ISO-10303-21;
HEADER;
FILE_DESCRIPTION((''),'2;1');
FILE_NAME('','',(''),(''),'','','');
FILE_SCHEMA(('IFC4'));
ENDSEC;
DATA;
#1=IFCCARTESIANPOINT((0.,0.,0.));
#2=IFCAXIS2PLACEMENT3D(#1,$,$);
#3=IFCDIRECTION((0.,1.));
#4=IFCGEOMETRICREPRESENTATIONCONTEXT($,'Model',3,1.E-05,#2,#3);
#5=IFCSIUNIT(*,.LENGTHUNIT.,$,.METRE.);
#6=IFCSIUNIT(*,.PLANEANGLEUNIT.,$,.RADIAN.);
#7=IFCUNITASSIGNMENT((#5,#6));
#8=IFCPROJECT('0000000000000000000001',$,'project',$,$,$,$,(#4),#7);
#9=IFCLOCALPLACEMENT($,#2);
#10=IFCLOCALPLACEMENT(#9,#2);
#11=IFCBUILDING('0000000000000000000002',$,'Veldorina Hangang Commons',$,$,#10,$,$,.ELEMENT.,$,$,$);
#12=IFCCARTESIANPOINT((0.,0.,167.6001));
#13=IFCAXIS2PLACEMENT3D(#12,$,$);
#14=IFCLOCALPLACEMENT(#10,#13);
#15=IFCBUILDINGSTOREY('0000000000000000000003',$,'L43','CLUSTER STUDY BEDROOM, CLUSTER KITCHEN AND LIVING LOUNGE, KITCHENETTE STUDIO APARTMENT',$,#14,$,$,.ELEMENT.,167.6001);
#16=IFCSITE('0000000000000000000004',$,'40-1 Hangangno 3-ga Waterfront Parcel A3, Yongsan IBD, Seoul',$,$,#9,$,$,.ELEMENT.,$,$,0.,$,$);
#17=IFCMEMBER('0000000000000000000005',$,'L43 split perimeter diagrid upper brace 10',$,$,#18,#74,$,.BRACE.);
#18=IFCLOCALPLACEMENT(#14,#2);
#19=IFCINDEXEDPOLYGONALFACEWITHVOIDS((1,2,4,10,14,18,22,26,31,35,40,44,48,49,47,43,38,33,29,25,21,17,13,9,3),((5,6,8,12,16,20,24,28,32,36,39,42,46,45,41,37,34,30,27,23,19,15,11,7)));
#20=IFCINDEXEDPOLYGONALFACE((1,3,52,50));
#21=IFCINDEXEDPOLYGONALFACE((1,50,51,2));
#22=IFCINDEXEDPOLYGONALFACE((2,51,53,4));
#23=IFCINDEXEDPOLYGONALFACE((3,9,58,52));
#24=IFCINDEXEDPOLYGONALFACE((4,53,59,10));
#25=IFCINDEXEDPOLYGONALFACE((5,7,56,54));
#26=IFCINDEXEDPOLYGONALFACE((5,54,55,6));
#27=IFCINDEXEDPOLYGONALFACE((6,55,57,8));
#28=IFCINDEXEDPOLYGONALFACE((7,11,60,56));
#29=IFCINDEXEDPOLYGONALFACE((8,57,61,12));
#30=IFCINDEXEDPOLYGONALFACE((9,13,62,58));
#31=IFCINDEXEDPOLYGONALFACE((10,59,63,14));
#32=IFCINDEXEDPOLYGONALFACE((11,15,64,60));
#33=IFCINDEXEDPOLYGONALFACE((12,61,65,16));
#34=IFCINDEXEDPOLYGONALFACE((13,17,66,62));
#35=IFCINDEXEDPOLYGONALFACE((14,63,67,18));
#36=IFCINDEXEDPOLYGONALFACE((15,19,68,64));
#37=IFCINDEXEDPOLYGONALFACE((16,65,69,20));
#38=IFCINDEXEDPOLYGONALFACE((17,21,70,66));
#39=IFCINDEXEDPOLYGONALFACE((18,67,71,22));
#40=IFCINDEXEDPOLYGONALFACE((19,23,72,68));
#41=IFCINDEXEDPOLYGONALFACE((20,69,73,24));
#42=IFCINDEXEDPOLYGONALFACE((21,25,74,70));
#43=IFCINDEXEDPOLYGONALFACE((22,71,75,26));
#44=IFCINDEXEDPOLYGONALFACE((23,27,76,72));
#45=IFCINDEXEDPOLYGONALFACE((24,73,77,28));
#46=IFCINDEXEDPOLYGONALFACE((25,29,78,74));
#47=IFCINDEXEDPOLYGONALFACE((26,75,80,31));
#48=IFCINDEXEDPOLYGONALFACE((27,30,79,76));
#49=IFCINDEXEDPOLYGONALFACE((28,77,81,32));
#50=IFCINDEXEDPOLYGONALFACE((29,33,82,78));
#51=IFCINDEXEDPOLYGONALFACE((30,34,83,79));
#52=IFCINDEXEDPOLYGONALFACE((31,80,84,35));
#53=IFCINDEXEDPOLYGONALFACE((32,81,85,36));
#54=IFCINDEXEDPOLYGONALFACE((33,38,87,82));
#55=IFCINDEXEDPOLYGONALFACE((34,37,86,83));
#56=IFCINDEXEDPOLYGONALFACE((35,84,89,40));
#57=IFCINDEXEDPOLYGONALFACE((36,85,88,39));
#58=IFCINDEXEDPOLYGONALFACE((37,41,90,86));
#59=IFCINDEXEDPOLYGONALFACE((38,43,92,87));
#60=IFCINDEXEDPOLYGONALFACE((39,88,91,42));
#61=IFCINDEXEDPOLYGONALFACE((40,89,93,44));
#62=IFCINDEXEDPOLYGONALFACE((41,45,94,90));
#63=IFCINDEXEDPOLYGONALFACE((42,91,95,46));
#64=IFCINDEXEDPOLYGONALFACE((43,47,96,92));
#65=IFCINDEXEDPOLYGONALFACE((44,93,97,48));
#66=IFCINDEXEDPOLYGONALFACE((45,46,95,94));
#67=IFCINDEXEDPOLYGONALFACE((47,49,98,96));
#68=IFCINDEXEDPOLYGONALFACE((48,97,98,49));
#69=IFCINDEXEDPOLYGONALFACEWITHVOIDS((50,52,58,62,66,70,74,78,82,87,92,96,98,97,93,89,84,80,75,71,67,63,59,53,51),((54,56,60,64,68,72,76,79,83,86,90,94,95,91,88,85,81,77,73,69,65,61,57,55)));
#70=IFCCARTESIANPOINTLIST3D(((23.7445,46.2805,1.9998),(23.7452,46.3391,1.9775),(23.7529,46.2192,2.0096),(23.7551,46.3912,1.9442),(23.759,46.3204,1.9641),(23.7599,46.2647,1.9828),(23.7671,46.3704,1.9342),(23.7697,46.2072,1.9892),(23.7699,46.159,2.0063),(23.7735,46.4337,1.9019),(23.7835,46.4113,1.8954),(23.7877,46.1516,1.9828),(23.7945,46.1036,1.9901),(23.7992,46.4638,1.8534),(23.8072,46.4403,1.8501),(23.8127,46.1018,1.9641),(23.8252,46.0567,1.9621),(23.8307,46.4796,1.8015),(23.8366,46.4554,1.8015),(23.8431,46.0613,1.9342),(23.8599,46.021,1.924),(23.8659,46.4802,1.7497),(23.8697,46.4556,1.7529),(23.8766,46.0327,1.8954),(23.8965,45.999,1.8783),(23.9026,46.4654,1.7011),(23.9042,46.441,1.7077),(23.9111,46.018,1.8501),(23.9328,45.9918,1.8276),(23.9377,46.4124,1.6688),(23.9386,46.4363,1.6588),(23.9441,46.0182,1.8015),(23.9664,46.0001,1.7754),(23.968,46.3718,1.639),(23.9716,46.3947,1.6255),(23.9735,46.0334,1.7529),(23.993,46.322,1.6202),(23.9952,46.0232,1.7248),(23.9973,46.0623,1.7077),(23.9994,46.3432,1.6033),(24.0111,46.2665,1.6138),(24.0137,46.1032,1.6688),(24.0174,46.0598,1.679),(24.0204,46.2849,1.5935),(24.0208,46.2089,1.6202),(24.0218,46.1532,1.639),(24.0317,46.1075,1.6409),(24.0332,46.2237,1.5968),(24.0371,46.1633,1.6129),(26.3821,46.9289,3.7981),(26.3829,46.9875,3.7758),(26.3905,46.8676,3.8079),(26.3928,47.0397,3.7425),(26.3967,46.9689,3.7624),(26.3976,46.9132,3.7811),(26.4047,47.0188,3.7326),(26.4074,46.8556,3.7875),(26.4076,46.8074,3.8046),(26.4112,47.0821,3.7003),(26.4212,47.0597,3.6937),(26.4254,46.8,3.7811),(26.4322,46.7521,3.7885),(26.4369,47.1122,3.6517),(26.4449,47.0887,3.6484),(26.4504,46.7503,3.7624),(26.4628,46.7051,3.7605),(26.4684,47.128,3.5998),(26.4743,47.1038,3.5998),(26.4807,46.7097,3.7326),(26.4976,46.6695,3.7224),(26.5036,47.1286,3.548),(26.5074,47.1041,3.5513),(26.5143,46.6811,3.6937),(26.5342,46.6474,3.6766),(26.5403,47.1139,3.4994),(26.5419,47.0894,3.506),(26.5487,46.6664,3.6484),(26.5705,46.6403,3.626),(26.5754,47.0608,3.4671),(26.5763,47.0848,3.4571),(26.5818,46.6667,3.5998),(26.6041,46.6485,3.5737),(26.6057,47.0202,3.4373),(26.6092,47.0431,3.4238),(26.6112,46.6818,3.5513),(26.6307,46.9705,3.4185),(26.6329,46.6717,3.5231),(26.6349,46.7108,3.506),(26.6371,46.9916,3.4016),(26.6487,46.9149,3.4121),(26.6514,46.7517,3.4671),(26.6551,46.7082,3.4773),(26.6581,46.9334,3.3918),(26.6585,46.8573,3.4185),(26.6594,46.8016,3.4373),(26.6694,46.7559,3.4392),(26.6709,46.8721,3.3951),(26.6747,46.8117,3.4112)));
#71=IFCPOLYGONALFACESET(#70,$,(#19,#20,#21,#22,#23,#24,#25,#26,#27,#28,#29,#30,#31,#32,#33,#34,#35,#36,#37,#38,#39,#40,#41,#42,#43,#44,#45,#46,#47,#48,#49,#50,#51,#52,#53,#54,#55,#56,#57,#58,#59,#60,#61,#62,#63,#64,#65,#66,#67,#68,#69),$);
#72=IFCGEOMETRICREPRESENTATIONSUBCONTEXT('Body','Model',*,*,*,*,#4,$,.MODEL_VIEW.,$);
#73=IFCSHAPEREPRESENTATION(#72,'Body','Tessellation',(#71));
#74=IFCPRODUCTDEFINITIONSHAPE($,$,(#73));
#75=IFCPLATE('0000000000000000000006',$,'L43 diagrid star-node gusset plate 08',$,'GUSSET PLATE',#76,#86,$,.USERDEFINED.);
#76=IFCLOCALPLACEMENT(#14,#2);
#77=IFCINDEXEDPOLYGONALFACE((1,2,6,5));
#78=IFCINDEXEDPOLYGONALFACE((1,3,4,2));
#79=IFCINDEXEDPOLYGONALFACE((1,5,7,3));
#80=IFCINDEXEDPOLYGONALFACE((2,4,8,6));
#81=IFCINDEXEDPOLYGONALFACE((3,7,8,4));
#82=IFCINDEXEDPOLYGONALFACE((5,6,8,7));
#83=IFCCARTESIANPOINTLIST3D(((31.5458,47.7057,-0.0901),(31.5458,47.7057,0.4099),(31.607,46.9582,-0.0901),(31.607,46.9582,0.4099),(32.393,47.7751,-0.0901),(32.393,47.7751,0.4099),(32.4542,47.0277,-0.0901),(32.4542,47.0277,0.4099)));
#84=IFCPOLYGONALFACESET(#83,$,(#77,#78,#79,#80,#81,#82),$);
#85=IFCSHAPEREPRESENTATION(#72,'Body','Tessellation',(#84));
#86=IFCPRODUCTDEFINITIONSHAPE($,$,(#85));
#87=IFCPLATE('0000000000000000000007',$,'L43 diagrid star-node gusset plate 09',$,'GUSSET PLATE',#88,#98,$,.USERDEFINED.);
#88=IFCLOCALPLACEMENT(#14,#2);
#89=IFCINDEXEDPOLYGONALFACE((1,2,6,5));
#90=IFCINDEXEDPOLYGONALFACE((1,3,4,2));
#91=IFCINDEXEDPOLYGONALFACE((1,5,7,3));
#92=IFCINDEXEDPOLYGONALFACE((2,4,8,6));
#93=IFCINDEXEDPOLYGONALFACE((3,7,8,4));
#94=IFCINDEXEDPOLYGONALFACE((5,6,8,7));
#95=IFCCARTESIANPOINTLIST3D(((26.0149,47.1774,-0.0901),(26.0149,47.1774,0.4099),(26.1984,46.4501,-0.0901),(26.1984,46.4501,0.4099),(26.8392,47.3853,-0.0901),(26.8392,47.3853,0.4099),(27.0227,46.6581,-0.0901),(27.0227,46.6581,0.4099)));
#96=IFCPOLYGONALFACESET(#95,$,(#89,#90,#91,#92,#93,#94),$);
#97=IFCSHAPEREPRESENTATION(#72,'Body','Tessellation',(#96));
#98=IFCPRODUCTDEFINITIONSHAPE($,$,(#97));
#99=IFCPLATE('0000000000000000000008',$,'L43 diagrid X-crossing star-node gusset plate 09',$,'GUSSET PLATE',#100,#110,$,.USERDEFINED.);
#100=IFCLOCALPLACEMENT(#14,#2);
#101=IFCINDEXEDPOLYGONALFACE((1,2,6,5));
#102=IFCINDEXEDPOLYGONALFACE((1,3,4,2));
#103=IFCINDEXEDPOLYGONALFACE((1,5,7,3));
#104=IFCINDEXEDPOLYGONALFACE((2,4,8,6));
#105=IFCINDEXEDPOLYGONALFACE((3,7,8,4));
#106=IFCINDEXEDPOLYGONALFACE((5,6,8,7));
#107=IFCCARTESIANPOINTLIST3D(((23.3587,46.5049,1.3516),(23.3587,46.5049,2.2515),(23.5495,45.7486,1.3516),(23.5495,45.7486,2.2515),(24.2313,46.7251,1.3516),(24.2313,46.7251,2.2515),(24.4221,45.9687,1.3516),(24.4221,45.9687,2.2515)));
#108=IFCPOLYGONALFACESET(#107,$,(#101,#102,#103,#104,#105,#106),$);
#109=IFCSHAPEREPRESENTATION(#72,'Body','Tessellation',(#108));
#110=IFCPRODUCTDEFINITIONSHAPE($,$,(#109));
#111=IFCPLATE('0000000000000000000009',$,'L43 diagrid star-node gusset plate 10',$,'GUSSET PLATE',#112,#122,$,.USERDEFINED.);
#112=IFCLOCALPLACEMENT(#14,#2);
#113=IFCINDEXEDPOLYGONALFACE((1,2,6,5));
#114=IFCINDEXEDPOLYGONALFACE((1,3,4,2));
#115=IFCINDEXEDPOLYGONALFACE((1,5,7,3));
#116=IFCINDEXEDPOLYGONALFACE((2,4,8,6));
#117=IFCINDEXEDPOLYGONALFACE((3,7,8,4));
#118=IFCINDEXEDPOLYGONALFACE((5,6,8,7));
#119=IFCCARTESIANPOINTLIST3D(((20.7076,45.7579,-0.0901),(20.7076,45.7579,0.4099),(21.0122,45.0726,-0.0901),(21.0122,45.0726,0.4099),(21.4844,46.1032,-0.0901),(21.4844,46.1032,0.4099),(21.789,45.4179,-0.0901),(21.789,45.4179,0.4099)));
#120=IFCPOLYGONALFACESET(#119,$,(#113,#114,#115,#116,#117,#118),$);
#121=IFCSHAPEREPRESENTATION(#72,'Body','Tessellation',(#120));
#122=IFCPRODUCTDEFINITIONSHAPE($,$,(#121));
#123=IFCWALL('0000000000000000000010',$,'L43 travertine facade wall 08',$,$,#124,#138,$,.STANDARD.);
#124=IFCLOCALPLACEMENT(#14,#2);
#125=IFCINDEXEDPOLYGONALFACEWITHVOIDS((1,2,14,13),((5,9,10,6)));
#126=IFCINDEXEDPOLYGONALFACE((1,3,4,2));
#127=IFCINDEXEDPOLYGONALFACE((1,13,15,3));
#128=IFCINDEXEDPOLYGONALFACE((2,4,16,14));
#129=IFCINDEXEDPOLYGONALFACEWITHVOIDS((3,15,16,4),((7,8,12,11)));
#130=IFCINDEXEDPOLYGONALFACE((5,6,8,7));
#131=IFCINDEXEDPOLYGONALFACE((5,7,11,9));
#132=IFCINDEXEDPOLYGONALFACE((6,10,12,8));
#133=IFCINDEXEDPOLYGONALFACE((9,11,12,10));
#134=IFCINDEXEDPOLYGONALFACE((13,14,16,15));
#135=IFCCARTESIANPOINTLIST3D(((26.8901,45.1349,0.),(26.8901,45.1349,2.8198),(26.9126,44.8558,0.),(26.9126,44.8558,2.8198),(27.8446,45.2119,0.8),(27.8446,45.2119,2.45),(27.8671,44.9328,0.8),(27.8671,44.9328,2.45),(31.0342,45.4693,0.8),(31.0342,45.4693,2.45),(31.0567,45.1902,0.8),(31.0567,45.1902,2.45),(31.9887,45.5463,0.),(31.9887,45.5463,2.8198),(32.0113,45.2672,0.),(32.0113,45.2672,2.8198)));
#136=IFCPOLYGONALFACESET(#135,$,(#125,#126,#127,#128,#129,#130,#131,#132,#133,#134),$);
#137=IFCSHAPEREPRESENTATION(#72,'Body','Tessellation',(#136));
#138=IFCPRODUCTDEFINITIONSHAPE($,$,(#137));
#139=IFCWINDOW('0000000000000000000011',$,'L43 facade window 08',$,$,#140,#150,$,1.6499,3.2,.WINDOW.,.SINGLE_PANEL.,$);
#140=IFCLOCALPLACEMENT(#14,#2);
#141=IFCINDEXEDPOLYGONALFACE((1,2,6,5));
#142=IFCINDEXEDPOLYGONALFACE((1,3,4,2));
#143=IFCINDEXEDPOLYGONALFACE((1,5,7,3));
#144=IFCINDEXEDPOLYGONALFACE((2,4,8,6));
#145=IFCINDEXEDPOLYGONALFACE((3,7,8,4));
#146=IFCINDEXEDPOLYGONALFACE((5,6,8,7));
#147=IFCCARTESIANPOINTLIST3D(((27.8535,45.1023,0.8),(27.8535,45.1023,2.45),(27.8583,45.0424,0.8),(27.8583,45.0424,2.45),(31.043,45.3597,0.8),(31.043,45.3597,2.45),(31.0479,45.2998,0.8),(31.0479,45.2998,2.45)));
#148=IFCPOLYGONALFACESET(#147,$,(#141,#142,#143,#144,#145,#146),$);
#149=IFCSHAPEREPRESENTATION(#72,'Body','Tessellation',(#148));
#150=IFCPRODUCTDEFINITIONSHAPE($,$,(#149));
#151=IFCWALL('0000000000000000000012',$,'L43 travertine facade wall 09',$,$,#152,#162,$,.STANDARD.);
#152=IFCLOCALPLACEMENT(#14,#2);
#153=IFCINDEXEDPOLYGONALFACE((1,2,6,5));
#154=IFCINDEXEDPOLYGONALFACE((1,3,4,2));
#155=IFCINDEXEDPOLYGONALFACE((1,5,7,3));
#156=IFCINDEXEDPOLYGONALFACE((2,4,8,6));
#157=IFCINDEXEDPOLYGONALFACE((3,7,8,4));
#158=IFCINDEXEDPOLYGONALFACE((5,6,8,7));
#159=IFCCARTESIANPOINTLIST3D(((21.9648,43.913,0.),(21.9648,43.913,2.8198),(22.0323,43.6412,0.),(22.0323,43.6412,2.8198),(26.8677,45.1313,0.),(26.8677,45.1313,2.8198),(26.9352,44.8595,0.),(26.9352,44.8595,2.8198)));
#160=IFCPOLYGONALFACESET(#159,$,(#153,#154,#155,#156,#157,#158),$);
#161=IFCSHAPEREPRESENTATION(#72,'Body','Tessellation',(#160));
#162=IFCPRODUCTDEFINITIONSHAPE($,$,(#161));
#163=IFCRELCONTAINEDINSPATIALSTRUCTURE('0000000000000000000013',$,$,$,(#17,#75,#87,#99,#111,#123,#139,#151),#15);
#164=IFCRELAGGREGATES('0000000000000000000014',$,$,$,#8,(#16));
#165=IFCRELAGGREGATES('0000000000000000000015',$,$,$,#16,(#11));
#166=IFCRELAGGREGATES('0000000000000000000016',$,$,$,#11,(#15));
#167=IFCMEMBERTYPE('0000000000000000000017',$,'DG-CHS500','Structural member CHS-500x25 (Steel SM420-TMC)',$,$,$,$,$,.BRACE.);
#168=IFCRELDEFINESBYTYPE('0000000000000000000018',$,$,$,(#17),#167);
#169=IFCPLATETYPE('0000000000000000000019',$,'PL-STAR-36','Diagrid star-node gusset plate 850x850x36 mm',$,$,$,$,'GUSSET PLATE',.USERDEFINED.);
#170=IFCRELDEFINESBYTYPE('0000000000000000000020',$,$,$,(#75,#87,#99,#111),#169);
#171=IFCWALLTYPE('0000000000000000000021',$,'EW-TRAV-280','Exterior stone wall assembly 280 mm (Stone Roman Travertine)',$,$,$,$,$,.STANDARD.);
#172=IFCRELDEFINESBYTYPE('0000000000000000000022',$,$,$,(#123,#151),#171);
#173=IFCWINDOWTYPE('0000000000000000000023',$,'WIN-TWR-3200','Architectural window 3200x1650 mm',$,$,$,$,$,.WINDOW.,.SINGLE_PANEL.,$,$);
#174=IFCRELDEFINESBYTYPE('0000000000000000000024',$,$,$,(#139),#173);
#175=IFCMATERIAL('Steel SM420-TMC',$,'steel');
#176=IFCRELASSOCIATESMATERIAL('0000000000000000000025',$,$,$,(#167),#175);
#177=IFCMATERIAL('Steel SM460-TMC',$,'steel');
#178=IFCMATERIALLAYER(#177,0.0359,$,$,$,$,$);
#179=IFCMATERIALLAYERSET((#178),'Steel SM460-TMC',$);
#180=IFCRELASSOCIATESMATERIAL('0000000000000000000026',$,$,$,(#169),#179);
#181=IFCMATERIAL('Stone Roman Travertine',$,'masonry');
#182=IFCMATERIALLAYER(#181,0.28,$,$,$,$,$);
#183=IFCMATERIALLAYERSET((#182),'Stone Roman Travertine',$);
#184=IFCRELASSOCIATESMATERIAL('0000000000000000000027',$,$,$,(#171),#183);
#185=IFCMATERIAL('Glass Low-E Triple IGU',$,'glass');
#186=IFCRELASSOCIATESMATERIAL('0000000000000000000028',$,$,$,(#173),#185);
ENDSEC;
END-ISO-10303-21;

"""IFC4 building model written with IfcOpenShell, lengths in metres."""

from ifc_helpers import new_model, si_unit, direction, frame, frame_2d, origin, origin_2d, place, context, subcontext, project, spatial, rectangle, hollow_circle, extrude, material, layer, layer_set, material_profile, profile_set, type_object, element, fill, save


model = new_model("IFC4")

# Units and contexts
model_context = context("Model", 3, precision=1e-05, world=origin(), true_north=direction((0.0, 1.0)))
body_context = subcontext(model_context, "Body", "Model", "MODEL_VIEW")
ifc_project = project(units=[si_unit("LENGTHUNIT", "METRE"), si_unit("PLANEANGLEUNIT", "RADIAN")], contexts=[model_context])

# Site, building, storey
site_placement = place(None, origin())
site = spatial("IfcSite", under=ifc_project, at=site_placement, Name="40-1 Hangangno 3-ga Waterfront Parcel A3, Yongsan IBD, Seoul", CompositionType="ELEMENT", RefElevation=0.0)
building_placement = place(site_placement, origin())
building = spatial("IfcBuilding", under=site, at=building_placement, Name="Veldorina Hangang Commons", CompositionType="ELEMENT")
storey_placement = place(building_placement, frame((0.0, 0.0, 167.6001)))
storey = spatial("IfcBuildingStorey", under=building, at=storey_placement, Name="L43", Description="CLUSTER STUDY BEDROOM, CLUSTER KITCHEN AND LIVING LOUNGE, KITCHENETTE STUDIO APARTMENT", CompositionType="ELEMENT", Elevation=167.6001)

# Shared definitions
ifc_material_1 = material(Name="Steel SM420-TMC", Category="steel")

# Member
ifc_material_profile_1 = material_profile(ifc_material_1, hollow_circle(Radius=0.25, WallThickness=0.0249, at=origin_2d()), Name="CHS-500x25")
ifc_profile_set_1 = profile_set([ifc_material_profile_1], Name="Steel SM420-TMC")
member_type = type_object("IfcMemberType", Name="DG-CHS500", Description="Structural member CHS-500x25 (Steel SM420-TMC)", PredefinedType="BRACE", material=ifc_profile_set_1)
member_1_placement = place(storey_placement, frame((23.8904, 46.2368, 1.8015), z_axis=(0.809706, 0.199054, 0.552045), x_axis=(-0.238727, 0.971087, 0.0)))
element("IfcMember", 1, at=member_1_placement, inside=storey, type_object=member_type, Name="L43 split perimeter diagrid upper brace 10", PredefinedType="BRACE", context=body_context, shape_type="SweptSolid", body=[
    extrude(hollow_circle(Radius=0.25, WallThickness=0.0249, at=origin_2d()), origin(), (0.0, 0.0, 1.0), 3.2576),
])

# Plates
ifc_material_2 = material(Name="Steel SM460-TMC", Category="steel")
ifc_layer_1 = layer(ifc_material_2, 0.0359)
ifc_layer_set_1 = layer_set([ifc_layer_1], Name="Steel SM460-TMC")
plate_type = type_object("IfcPlateType", Name="PL-STAR-36", Description="Diagrid star-node gusset plate 850x850x36 mm", ElementType="GUSSET PLATE", PredefinedType="USERDEFINED", material=ifc_layer_set_1)
for number, where, z_axis, x_axis, name in (
    (2, (32.0, 47.3667, -0.0901), (0.0, 0.0, 1.0), (-0.996662, -0.081643, 0.0), "L43 diagrid star-node gusset plate 08"),
    (3, (26.5188, 46.9177, -0.0901), (0.0, 0.0, 1.0), (-0.969616, -0.244631, 0.0), "L43 diagrid star-node gusset plate 09"),
):
    element("IfcPlate", number, at=place(storey_placement, frame(where, z_axis=z_axis, x_axis=x_axis)), inside=storey, type_object=plate_type, Name=name, ObjectType="GUSSET PLATE", PredefinedType="USERDEFINED", context=body_context, shape_type="SweptSolid", body=[
        extrude(rectangle(XDim=0.8501, YDim=0.75, at=origin_2d()), origin(), (0.0, 0.0, 1.0), 0.5),
    ])
plate_1_placement = place(storey_placement, frame((23.8904, 46.2368, 1.3516), z_axis=(0.0, 0.0, 1.0), x_axis=(-0.969616, -0.244631, 0.0)))
element("IfcPlate", 4, at=plate_1_placement, inside=storey, type_object=plate_type, Name="L43 diagrid X-crossing star-node gusset plate 09", ObjectType="GUSSET PLATE", PredefinedType="USERDEFINED", context=body_context, shape_type="SweptSolid", body=[
    extrude(rectangle(XDim=0.8999, YDim=0.78, at=origin_2d()), origin(), (0.0, 0.0, 1.0), 0.8999),
])
plate_2_placement = place(storey_placement, frame((21.2483, 45.5879, -0.0901), z_axis=(0.0, 0.0, 1.0), x_axis=(-0.91378, -0.40621, 0.0)))
element("IfcPlate", 5, at=plate_2_placement, inside=storey, type_object=plate_type, Name="L43 diagrid star-node gusset plate 10", ObjectType="GUSSET PLATE", PredefinedType="USERDEFINED", context=body_context, shape_type="SweptSolid", body=[
    extrude(rectangle(XDim=0.8501, YDim=0.75, at=origin_2d()), origin(), (0.0, 0.0, 1.0), 0.5),
])

# Wall, opening, window
ifc_material_3 = material(Name="Stone Roman Travertine", Category="masonry")
ifc_layer_2 = layer(ifc_material_3, 0.28)
ifc_layer_set_2 = layer_set([ifc_layer_2], Name="Stone Roman Travertine")
wall_type_1 = type_object("IfcWallType", Name="EW-TRAV-280", Description="Exterior stone wall assembly 280 mm (Stone Roman Travertine)", PredefinedType="STANDARD", material=ifc_layer_set_2)
wall_1_placement = place(storey_placement, frame((32.0, 45.4067, 0.0), z_axis=(0.0, 0.0, 1.0), x_axis=(-0.996761, -0.080422, 0.0)))
wall_1 = element("IfcWall", 6, at=wall_1_placement, inside=storey, type_object=wall_type_1, Name="L43 travertine facade wall 08", PredefinedType="STANDARD", context=body_context, shape_type="SweptSolid", body=[
    extrude(rectangle(XDim=5.1152, YDim=0.28, at=frame_2d((2.5576, 0.0))), origin(), (0.0, 0.0, 1.0), 2.8198),
])
opening_1_placement = place(wall_1_placement, frame((0.9575, 0.0, 0.8)))
opening_1 = element("IfcOpeningElement", 7, at=opening_1_placement, cuts=wall_1, PredefinedType="OPENING", context=body_context, shape_type="SweptSolid", body=[
    extrude(rectangle(XDim=3.2, YDim=1.6499, at=frame_2d((1.6001, 0.825))), frame((0.0, 0.1499, 0.0), z_axis=(0.0, -1.0, 0.0), x_axis=(1.0, 0.0, 0.0)), (0.0, 0.0, 1.0), 0.3),
])
ifc_material_4 = material(Name="Glass Low-E Triple IGU", Category="glass")
window_type = type_object("IfcWindowType", Name="WIN-TWR-3200", Description="Architectural window 3200x1650 mm", PartitioningType="SINGLE_PANEL", PredefinedType="WINDOW", material=ifc_material_4)
window_1_placement = place(opening_1_placement, origin())
window_1 = element("IfcWindow", 8, at=window_1_placement, inside=storey, type_object=window_type, Name="L43 facade window 08", OverallHeight=1.6499, OverallWidth=3.2, PartitioningType="SINGLE_PANEL", PredefinedType="WINDOW", context=body_context, shape_type="SweptSolid", body=[
    extrude(rectangle(XDim=3.2, YDim=1.6499, at=frame_2d((1.6001, 0.825))), frame((0.0, 0.03, 0.0), z_axis=(0.0, -1.0, 0.0), x_axis=(1.0, 0.0, 0.0)), (0.0, 0.0, 1.0), 0.0601),
])
fill(opening_1, window_1)

# Wall
wall_2_placement = place(storey_placement, frame((26.9014, 44.9954, 0.0), z_axis=(0.0, 0.0, 1.0), x_axis=(-0.970488, -0.241148, 0.0)))
element("IfcWall", 9, at=wall_2_placement, inside=storey, type_object=wall_type_1, Name="L43 travertine facade wall 09", PredefinedType="STANDARD", context=body_context, shape_type="SweptSolid", body=[
    extrude(rectangle(XDim=5.052, YDim=0.28, at=frame_2d((2.5259, 0.0))), origin(), (0.0, 0.0, 1.0), 2.8198),
])

save(model, "model.ifc")
